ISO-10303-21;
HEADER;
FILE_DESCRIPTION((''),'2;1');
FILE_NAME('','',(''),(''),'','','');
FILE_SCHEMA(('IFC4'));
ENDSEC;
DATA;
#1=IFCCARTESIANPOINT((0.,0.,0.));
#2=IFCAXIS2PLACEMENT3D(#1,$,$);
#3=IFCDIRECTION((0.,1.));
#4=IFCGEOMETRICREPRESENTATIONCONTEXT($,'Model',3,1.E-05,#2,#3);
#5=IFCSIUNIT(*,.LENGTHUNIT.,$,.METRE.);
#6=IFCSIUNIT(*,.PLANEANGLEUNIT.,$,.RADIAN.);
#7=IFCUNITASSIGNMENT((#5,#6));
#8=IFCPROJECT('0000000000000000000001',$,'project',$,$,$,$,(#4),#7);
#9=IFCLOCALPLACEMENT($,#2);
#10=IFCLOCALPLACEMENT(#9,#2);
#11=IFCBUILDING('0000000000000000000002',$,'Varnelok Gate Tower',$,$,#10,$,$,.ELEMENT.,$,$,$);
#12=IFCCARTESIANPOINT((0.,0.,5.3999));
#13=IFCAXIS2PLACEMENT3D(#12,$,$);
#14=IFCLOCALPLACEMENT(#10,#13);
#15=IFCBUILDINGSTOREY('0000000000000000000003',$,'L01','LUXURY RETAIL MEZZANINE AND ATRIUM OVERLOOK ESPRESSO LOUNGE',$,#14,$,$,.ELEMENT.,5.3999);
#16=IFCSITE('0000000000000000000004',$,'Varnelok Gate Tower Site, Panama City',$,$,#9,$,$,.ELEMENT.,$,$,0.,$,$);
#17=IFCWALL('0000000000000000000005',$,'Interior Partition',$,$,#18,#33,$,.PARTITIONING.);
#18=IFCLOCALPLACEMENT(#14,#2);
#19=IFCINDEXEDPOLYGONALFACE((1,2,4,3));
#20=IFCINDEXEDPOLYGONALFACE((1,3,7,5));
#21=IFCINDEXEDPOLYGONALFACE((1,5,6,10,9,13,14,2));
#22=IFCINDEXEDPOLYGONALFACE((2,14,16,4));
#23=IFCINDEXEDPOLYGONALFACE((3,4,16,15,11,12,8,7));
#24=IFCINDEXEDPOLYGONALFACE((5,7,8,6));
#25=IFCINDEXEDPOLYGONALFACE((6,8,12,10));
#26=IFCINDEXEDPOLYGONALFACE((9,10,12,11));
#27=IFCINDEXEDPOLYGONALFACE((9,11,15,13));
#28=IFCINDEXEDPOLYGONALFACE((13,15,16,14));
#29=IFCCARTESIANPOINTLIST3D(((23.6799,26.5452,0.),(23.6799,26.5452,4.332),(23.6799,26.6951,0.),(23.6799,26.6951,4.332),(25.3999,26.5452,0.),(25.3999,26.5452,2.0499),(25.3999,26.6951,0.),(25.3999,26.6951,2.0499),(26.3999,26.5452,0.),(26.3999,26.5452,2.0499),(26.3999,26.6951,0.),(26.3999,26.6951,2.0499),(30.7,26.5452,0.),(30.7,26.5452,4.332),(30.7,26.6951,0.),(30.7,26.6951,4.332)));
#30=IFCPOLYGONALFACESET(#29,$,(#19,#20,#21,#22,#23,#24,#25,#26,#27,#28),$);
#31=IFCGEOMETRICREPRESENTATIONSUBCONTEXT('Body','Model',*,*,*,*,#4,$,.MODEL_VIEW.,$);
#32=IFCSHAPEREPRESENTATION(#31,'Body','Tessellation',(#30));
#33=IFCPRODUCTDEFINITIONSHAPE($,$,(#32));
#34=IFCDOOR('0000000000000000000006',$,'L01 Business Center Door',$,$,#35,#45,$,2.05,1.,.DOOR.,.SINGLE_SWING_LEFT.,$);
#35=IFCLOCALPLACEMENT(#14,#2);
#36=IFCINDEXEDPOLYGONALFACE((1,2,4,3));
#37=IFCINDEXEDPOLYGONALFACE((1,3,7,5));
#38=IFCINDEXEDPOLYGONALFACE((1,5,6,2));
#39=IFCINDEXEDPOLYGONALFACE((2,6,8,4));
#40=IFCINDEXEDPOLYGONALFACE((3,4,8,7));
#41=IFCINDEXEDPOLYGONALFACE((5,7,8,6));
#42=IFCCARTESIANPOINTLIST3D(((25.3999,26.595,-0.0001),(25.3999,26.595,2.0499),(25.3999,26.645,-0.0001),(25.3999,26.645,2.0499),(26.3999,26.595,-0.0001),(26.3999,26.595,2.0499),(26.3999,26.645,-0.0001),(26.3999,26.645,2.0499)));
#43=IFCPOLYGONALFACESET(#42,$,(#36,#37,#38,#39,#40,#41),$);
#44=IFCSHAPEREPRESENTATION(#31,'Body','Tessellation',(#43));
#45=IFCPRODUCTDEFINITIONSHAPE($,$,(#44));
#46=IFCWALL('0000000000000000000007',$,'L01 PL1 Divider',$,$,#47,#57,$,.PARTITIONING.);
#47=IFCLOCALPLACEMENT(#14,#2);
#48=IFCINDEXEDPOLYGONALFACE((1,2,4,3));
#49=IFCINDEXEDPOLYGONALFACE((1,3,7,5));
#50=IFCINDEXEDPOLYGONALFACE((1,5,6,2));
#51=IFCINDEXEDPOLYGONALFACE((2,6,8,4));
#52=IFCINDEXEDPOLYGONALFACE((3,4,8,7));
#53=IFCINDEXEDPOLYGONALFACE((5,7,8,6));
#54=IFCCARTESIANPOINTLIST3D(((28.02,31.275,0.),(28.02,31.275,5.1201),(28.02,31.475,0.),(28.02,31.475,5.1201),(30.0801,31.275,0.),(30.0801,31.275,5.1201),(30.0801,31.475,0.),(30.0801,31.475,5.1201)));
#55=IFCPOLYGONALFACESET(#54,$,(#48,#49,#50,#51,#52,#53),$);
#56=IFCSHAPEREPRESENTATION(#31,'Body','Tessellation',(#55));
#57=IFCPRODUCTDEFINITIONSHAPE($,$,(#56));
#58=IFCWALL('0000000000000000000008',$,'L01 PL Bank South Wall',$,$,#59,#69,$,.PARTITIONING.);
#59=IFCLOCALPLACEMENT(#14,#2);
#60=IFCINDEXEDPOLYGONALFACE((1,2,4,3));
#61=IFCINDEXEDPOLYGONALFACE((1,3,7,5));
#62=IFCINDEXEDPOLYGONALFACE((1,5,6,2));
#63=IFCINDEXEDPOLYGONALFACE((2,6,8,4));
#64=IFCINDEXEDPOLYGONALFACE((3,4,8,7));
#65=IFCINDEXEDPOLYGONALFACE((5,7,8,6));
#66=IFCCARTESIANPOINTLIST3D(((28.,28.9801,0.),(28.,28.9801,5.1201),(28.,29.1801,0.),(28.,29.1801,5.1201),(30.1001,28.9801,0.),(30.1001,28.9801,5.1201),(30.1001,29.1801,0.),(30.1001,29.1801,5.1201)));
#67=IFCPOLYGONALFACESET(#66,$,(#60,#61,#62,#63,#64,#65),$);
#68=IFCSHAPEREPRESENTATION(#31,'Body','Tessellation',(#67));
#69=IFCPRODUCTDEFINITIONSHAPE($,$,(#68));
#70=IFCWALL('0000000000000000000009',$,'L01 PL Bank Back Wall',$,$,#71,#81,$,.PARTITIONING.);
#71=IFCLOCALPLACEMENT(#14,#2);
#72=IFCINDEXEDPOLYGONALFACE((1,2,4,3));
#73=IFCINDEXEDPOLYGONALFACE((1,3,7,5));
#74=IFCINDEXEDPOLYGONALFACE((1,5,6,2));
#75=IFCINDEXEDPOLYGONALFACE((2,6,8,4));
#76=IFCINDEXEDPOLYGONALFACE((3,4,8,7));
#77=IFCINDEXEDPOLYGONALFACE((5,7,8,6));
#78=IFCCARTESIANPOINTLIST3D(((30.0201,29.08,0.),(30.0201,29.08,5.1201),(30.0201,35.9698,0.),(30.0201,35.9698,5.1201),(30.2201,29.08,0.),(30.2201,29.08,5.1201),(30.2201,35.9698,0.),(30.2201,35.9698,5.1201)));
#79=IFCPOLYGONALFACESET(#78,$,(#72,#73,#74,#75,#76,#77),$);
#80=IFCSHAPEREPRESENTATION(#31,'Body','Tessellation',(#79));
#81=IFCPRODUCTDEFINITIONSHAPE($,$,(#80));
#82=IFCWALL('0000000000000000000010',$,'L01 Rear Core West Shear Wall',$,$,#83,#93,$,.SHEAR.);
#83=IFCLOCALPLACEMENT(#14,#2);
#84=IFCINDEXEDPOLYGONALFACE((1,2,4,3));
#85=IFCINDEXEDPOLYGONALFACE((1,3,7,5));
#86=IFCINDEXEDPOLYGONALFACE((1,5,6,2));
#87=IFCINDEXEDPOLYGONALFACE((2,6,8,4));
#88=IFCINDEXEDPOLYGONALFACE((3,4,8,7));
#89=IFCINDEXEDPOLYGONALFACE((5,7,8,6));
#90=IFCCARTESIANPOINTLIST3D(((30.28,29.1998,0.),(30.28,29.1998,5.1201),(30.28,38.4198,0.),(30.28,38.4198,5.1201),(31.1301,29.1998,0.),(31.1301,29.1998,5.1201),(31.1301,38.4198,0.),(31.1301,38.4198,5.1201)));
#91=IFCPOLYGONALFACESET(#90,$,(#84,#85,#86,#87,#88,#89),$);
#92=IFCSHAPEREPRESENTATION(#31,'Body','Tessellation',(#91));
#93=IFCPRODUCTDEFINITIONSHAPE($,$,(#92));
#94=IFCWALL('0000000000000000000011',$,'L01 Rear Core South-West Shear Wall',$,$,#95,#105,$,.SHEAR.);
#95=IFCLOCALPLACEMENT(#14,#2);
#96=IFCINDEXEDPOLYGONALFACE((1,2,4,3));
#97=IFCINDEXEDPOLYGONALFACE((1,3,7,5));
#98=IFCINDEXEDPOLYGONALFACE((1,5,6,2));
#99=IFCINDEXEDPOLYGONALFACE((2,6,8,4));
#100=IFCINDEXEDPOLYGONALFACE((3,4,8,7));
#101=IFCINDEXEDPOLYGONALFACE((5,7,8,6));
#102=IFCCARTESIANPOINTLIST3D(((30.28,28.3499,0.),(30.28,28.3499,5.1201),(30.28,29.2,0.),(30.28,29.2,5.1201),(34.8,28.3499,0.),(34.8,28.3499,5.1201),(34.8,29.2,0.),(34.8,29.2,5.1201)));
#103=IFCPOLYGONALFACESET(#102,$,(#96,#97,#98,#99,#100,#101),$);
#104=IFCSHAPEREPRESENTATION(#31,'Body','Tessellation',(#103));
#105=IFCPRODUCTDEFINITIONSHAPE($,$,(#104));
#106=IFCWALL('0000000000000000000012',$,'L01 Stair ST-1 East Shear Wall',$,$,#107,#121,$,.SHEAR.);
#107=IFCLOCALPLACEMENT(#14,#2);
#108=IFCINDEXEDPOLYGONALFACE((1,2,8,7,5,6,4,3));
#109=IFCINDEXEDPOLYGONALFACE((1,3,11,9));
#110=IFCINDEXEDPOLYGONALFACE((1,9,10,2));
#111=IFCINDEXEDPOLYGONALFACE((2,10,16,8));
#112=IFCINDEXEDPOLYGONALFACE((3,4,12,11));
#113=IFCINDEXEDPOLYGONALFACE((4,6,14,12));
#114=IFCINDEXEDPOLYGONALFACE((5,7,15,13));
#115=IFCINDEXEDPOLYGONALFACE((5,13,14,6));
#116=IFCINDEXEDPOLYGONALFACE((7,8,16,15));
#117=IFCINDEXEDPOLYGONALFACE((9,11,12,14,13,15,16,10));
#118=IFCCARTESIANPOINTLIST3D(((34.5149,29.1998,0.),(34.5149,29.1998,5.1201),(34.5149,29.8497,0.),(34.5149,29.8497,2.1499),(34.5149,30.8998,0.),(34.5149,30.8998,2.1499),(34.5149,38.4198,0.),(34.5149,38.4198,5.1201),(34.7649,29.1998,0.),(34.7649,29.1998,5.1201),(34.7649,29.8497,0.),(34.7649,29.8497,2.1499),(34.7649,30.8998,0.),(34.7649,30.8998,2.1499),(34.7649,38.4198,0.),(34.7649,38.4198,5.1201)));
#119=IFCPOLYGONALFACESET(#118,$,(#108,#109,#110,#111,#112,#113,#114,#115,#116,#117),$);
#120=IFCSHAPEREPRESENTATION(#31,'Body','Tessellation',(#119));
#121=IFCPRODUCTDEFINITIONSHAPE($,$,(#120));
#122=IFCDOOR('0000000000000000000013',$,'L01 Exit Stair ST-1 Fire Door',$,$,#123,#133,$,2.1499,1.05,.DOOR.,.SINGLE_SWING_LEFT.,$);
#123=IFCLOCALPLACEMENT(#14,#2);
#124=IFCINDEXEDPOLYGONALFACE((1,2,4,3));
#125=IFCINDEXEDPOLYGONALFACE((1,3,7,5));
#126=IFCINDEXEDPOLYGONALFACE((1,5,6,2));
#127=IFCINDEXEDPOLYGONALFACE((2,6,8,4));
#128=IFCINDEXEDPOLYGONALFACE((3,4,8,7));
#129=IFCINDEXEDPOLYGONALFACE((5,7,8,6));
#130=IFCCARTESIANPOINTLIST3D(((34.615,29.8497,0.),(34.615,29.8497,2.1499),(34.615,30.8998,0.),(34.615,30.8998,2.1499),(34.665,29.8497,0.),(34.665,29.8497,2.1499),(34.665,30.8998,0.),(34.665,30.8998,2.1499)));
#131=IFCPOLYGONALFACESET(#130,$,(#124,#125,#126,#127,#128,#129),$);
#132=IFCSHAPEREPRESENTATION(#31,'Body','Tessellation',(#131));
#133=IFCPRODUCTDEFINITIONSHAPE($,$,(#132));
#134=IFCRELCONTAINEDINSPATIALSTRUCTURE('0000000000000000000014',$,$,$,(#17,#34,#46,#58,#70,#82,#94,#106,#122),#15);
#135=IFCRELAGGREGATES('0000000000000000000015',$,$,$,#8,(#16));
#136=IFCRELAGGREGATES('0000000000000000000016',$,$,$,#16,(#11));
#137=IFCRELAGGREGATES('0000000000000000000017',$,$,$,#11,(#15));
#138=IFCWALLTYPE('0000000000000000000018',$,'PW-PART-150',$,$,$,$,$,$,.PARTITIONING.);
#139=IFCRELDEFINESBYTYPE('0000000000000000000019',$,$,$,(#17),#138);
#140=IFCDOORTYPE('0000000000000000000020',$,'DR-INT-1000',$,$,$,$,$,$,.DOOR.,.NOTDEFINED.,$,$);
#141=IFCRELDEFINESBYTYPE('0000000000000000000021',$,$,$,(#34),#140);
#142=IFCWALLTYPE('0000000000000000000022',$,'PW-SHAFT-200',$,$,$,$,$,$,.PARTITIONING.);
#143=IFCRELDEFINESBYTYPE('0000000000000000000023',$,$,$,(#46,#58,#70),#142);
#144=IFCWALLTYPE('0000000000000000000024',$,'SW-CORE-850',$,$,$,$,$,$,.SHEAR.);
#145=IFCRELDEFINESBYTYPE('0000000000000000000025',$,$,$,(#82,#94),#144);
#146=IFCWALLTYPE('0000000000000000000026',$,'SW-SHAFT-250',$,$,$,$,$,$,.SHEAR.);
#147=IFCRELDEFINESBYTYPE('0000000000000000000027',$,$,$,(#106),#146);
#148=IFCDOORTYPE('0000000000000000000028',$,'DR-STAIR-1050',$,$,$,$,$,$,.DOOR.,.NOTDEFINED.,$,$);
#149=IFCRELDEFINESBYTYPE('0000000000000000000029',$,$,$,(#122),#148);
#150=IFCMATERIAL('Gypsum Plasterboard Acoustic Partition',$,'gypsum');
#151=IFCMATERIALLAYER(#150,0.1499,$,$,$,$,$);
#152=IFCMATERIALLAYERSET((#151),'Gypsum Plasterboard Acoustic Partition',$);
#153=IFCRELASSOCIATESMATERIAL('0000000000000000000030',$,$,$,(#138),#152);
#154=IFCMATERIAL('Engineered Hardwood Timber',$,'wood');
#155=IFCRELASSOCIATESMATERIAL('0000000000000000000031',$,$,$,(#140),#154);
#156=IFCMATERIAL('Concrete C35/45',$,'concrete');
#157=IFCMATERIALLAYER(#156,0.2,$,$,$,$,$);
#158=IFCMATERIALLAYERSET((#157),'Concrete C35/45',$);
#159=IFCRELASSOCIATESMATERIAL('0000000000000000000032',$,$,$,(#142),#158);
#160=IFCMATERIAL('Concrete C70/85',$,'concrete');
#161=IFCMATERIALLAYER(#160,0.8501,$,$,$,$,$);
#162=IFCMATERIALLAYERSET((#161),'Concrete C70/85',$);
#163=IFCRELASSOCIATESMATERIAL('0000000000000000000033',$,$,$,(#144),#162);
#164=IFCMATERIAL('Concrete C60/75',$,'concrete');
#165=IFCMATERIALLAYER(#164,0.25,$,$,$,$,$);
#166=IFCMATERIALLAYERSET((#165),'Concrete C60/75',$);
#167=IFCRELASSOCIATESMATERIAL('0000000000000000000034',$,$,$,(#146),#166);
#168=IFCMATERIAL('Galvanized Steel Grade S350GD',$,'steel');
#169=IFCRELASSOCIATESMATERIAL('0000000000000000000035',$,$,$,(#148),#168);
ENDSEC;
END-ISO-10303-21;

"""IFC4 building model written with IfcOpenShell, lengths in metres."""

from ifc_helpers import new_model, si_unit, direction, frame, frame_2d, origin, place, context, subcontext, project, spatial, rectangle, extrude, material, layer, layer_set, type_object, element, fill, save


model = new_model("IFC4")

# Units and contexts
model_context = context("Model", 3, precision=1e-05, world=origin(), true_north=direction((0.0, 1.0)))
body_context = subcontext(model_context, "Body", "Model", "MODEL_VIEW")
ifc_project = project(units=[si_unit("LENGTHUNIT", "METRE"), si_unit("PLANEANGLEUNIT", "RADIAN")], contexts=[model_context])

# Site, building, storey
site_placement = place(None, origin())
site = spatial("IfcSite", under=ifc_project, at=site_placement, Name="Varnelok Gate Tower Site, Panama City", CompositionType="ELEMENT", RefElevation=0.0)
building_placement = place(site_placement, origin())
building = spatial("IfcBuilding", under=site, at=building_placement, Name="Varnelok Gate Tower", CompositionType="ELEMENT")
storey_placement = place(building_placement, frame((0.0, 0.0, 5.3999)))
storey = spatial("IfcBuildingStorey", under=building, at=storey_placement, Name="L01", Description="LUXURY RETAIL MEZZANINE AND ATRIUM OVERLOOK ESPRESSO LOUNGE", CompositionType="ELEMENT", Elevation=5.3999)

# Shared definitions
ifc_material_1 = material(Name="Concrete C70/85", Category="concrete")

# Shared definitions
ifc_material_2 = material(Name="Concrete C60/75", Category="concrete")

# Wall, opening, door
ifc_material_3 = material(Name="Gypsum Plasterboard Acoustic Partition", Category="gypsum")
ifc_layer_1 = layer(ifc_material_3, 0.1499)
ifc_layer_set_1 = layer_set([ifc_layer_1], Name="Gypsum Plasterboard Acoustic Partition")
wall_type_1 = type_object("IfcWallType", Name="PW-PART-150", PredefinedType="PARTITIONING", material=ifc_layer_set_1)
wall_1_placement = place(storey_placement, frame((23.6799, 26.6201, 0.0), z_axis=(0.0, 0.0, 1.0), x_axis=(1.0, 0.0, 0.0)))
wall_1 = element("IfcWall", 1, at=wall_1_placement, inside=storey, type_object=wall_type_1, Name="Interior Partition", PredefinedType="PARTITIONING", context=body_context, shape_type="SweptSolid", body=[
    extrude(rectangle(XDim=7.02, YDim=0.1499, at=frame_2d((3.51, 0.0))), origin(), (0.0, 0.0, 1.0), 4.332),
])
opening_1_placement = place(wall_1_placement, frame((1.72, 0.0, 0.0)))
opening_1 = element("IfcOpeningElement", 2, at=opening_1_placement, cuts=wall_1, PredefinedType="OPENING", context=body_context, shape_type="SweptSolid", body=[
    extrude(rectangle(XDim=1.0, YDim=2.05, at=frame_2d((0.5, 1.0249))), frame((0.0, 0.085, 0.0), z_axis=(0.0, -1.0, 0.0), x_axis=(1.0, 0.0, 0.0)), (0.0, 0.0, 1.0), 0.1699),
])
ifc_material_4 = material(Name="Engineered Hardwood Timber", Category="wood")
door_type_1 = type_object("IfcDoorType", Name="DR-INT-1000", OperationType="NOTDEFINED", PredefinedType="DOOR", material=ifc_material_4)
door_1_placement = place(opening_1_placement, origin())
door_1 = element("IfcDoor", 3, at=door_1_placement, inside=storey, type_object=door_type_1, Name="L01 Business Center Door", OperationType="SINGLE_SWING_LEFT", OverallHeight=2.05, OverallWidth=1.0, PredefinedType="DOOR", context=body_context, shape_type="SweptSolid", body=[
    extrude(rectangle(XDim=1.0, YDim=2.05, at=frame_2d((0.5, 1.0249))), frame((0.0, 0.0249, 0.0), z_axis=(0.0, -1.0, 0.0), x_axis=(1.0, 0.0, 0.0)), (0.0, 0.0, 1.0), 0.05),
])
fill(opening_1, door_1)

# Walls
ifc_material_5 = material(Name="Concrete C35/45", Category="concrete")
ifc_layer_2 = layer(ifc_material_5, 0.2)
ifc_layer_set_2 = layer_set([ifc_layer_2], Name="Concrete C35/45")
wall_type_2 = type_object("IfcWallType", Name="PW-SHAFT-200", PredefinedType="PARTITIONING", material=ifc_layer_set_2)
wall_2_placement = place(storey_placement, frame((28.02, 31.375, 0.0), z_axis=(0.0, 0.0, 1.0), x_axis=(1.0, 0.0, 0.0)))
element("IfcWall", 4, at=wall_2_placement, inside=storey, type_object=wall_type_2, Name="L01 PL1 Divider", PredefinedType="PARTITIONING", context=body_context, shape_type="SweptSolid", body=[
    extrude(rectangle(XDim=2.0601, YDim=0.2, at=frame_2d((1.03, 0.0))), origin(), (0.0, 0.0, 1.0), 5.1201),
])
wall_3_placement = place(storey_placement, frame((28.0, 29.0801, 0.0), z_axis=(0.0, 0.0, 1.0), x_axis=(1.0, 0.0, 0.0)))
element("IfcWall", 5, at=wall_3_placement, inside=storey, type_object=wall_type_2, Name="L01 PL Bank South Wall", PredefinedType="PARTITIONING", context=body_context, shape_type="SweptSolid", body=[
    extrude(rectangle(XDim=2.1001, YDim=0.2, at=frame_2d((1.05, 0.0))), origin(), (0.0, 0.0, 1.0), 5.1201),
])
wall_4_placement = place(storey_placement, frame((30.1201, 29.0801, 0.0), z_axis=(0.0, 0.0, 1.0), x_axis=(0.0, 1.0, 0.0)))
element("IfcWall", 6, at=wall_4_placement, inside=storey, type_object=wall_type_2, Name="L01 PL Bank Back Wall", PredefinedType="PARTITIONING", context=body_context, shape_type="SweptSolid", body=[
    extrude(rectangle(XDim=6.8899, YDim=0.2, at=frame_2d((3.4448, 0.0))), origin(), (0.0, 0.0, 1.0), 5.1201),
])

# Shared definitions
ifc_material_6 = material(Name="Galvanized Steel Grade S350GD", Category="steel")

# Walls
ifc_layer_3 = layer(ifc_material_1, 0.8501)
ifc_layer_set_3 = layer_set([ifc_layer_3], Name="Concrete C70/85")
wall_type_3 = type_object("IfcWallType", Name="SW-CORE-850", PredefinedType="SHEAR", material=ifc_layer_set_3)
wall_5_placement = place(storey_placement, frame((30.7051, 29.2, 0.0), z_axis=(0.0, 0.0, 1.0), x_axis=(0.0, 1.0, 0.0)))
element("IfcWall", 7, at=wall_5_placement, inside=storey, type_object=wall_type_3, Name="L01 Rear Core West Shear Wall", PredefinedType="SHEAR", context=body_context, shape_type="SweptSolid", body=[
    extrude(rectangle(XDim=9.22, YDim=0.8501, at=frame_2d((4.6099, 0.0))), origin(), (0.0, 0.0, 1.0), 5.1201),
])
wall_6_placement = place(storey_placement, frame((30.28, 28.7749, 0.0), z_axis=(0.0, 0.0, 1.0), x_axis=(1.0, 0.0, 0.0)))
element("IfcWall", 8, at=wall_6_placement, inside=storey, type_object=wall_type_3, Name="L01 Rear Core South-West Shear Wall", PredefinedType="SHEAR", context=body_context, shape_type="SweptSolid", body=[
    extrude(rectangle(XDim=4.52, YDim=0.8501, at=frame_2d((2.26, 0.0))), origin(), (0.0, 0.0, 1.0), 5.1201),
])

# Wall, opening, door
ifc_layer_4 = layer(ifc_material_2, 0.25)
ifc_layer_set_4 = layer_set([ifc_layer_4], Name="Concrete C60/75")
wall_type_4 = type_object("IfcWallType", Name="SW-SHAFT-250", PredefinedType="SHEAR", material=ifc_layer_set_4)
wall_7_placement = place(storey_placement, frame((34.6399, 29.2, 0.0), z_axis=(0.0, 0.0, 1.0), x_axis=(0.0, 1.0, 0.0)))
wall_7 = element("IfcWall", 9, at=wall_7_placement, inside=storey, type_object=wall_type_4, Name="L01 Stair ST-1 East Shear Wall", PredefinedType="SHEAR", context=body_context, shape_type="SweptSolid", body=[
    extrude(rectangle(XDim=9.22, YDim=0.25, at=frame_2d((4.6099, 0.0))), origin(), (0.0, 0.0, 1.0), 5.1201),
])
opening_2_placement = place(wall_7_placement, frame((0.6499, 0.0, 0.0)))
opening_2 = element("IfcOpeningElement", 10, at=opening_2_placement, cuts=wall_7, PredefinedType="OPENING", context=body_context, shape_type="SweptSolid", body=[
    extrude(rectangle(XDim=1.05, YDim=2.1499, at=frame_2d((0.5249, 1.075))), frame((0.0, 0.135, 0.0), z_axis=(0.0, -1.0, 0.0), x_axis=(1.0, 0.0, 0.0)), (0.0, 0.0, 1.0), 0.27),
])
door_type_2 = type_object("IfcDoorType", Name="DR-STAIR-1050", OperationType="NOTDEFINED", PredefinedType="DOOR", material=ifc_material_6)
door_2_placement = place(opening_2_placement, origin())
door_2 = element("IfcDoor", 11, at=door_2_placement, inside=storey, type_object=door_type_2, Name="L01 Exit Stair ST-1 Fire Door", OperationType="SINGLE_SWING_LEFT", OverallHeight=2.1499, OverallWidth=1.05, PredefinedType="DOOR", context=body_context, shape_type="SweptSolid", body=[
    extrude(rectangle(XDim=1.05, YDim=2.1499, at=frame_2d((0.5249, 1.075))), frame((0.0, 0.0249, 0.0), z_axis=(0.0, -1.0, 0.0), x_axis=(1.0, 0.0, 0.0)), (0.0, 0.0, 1.0), 0.05),
])
fill(opening_2, door_2)

save(model, "model.ifc")
